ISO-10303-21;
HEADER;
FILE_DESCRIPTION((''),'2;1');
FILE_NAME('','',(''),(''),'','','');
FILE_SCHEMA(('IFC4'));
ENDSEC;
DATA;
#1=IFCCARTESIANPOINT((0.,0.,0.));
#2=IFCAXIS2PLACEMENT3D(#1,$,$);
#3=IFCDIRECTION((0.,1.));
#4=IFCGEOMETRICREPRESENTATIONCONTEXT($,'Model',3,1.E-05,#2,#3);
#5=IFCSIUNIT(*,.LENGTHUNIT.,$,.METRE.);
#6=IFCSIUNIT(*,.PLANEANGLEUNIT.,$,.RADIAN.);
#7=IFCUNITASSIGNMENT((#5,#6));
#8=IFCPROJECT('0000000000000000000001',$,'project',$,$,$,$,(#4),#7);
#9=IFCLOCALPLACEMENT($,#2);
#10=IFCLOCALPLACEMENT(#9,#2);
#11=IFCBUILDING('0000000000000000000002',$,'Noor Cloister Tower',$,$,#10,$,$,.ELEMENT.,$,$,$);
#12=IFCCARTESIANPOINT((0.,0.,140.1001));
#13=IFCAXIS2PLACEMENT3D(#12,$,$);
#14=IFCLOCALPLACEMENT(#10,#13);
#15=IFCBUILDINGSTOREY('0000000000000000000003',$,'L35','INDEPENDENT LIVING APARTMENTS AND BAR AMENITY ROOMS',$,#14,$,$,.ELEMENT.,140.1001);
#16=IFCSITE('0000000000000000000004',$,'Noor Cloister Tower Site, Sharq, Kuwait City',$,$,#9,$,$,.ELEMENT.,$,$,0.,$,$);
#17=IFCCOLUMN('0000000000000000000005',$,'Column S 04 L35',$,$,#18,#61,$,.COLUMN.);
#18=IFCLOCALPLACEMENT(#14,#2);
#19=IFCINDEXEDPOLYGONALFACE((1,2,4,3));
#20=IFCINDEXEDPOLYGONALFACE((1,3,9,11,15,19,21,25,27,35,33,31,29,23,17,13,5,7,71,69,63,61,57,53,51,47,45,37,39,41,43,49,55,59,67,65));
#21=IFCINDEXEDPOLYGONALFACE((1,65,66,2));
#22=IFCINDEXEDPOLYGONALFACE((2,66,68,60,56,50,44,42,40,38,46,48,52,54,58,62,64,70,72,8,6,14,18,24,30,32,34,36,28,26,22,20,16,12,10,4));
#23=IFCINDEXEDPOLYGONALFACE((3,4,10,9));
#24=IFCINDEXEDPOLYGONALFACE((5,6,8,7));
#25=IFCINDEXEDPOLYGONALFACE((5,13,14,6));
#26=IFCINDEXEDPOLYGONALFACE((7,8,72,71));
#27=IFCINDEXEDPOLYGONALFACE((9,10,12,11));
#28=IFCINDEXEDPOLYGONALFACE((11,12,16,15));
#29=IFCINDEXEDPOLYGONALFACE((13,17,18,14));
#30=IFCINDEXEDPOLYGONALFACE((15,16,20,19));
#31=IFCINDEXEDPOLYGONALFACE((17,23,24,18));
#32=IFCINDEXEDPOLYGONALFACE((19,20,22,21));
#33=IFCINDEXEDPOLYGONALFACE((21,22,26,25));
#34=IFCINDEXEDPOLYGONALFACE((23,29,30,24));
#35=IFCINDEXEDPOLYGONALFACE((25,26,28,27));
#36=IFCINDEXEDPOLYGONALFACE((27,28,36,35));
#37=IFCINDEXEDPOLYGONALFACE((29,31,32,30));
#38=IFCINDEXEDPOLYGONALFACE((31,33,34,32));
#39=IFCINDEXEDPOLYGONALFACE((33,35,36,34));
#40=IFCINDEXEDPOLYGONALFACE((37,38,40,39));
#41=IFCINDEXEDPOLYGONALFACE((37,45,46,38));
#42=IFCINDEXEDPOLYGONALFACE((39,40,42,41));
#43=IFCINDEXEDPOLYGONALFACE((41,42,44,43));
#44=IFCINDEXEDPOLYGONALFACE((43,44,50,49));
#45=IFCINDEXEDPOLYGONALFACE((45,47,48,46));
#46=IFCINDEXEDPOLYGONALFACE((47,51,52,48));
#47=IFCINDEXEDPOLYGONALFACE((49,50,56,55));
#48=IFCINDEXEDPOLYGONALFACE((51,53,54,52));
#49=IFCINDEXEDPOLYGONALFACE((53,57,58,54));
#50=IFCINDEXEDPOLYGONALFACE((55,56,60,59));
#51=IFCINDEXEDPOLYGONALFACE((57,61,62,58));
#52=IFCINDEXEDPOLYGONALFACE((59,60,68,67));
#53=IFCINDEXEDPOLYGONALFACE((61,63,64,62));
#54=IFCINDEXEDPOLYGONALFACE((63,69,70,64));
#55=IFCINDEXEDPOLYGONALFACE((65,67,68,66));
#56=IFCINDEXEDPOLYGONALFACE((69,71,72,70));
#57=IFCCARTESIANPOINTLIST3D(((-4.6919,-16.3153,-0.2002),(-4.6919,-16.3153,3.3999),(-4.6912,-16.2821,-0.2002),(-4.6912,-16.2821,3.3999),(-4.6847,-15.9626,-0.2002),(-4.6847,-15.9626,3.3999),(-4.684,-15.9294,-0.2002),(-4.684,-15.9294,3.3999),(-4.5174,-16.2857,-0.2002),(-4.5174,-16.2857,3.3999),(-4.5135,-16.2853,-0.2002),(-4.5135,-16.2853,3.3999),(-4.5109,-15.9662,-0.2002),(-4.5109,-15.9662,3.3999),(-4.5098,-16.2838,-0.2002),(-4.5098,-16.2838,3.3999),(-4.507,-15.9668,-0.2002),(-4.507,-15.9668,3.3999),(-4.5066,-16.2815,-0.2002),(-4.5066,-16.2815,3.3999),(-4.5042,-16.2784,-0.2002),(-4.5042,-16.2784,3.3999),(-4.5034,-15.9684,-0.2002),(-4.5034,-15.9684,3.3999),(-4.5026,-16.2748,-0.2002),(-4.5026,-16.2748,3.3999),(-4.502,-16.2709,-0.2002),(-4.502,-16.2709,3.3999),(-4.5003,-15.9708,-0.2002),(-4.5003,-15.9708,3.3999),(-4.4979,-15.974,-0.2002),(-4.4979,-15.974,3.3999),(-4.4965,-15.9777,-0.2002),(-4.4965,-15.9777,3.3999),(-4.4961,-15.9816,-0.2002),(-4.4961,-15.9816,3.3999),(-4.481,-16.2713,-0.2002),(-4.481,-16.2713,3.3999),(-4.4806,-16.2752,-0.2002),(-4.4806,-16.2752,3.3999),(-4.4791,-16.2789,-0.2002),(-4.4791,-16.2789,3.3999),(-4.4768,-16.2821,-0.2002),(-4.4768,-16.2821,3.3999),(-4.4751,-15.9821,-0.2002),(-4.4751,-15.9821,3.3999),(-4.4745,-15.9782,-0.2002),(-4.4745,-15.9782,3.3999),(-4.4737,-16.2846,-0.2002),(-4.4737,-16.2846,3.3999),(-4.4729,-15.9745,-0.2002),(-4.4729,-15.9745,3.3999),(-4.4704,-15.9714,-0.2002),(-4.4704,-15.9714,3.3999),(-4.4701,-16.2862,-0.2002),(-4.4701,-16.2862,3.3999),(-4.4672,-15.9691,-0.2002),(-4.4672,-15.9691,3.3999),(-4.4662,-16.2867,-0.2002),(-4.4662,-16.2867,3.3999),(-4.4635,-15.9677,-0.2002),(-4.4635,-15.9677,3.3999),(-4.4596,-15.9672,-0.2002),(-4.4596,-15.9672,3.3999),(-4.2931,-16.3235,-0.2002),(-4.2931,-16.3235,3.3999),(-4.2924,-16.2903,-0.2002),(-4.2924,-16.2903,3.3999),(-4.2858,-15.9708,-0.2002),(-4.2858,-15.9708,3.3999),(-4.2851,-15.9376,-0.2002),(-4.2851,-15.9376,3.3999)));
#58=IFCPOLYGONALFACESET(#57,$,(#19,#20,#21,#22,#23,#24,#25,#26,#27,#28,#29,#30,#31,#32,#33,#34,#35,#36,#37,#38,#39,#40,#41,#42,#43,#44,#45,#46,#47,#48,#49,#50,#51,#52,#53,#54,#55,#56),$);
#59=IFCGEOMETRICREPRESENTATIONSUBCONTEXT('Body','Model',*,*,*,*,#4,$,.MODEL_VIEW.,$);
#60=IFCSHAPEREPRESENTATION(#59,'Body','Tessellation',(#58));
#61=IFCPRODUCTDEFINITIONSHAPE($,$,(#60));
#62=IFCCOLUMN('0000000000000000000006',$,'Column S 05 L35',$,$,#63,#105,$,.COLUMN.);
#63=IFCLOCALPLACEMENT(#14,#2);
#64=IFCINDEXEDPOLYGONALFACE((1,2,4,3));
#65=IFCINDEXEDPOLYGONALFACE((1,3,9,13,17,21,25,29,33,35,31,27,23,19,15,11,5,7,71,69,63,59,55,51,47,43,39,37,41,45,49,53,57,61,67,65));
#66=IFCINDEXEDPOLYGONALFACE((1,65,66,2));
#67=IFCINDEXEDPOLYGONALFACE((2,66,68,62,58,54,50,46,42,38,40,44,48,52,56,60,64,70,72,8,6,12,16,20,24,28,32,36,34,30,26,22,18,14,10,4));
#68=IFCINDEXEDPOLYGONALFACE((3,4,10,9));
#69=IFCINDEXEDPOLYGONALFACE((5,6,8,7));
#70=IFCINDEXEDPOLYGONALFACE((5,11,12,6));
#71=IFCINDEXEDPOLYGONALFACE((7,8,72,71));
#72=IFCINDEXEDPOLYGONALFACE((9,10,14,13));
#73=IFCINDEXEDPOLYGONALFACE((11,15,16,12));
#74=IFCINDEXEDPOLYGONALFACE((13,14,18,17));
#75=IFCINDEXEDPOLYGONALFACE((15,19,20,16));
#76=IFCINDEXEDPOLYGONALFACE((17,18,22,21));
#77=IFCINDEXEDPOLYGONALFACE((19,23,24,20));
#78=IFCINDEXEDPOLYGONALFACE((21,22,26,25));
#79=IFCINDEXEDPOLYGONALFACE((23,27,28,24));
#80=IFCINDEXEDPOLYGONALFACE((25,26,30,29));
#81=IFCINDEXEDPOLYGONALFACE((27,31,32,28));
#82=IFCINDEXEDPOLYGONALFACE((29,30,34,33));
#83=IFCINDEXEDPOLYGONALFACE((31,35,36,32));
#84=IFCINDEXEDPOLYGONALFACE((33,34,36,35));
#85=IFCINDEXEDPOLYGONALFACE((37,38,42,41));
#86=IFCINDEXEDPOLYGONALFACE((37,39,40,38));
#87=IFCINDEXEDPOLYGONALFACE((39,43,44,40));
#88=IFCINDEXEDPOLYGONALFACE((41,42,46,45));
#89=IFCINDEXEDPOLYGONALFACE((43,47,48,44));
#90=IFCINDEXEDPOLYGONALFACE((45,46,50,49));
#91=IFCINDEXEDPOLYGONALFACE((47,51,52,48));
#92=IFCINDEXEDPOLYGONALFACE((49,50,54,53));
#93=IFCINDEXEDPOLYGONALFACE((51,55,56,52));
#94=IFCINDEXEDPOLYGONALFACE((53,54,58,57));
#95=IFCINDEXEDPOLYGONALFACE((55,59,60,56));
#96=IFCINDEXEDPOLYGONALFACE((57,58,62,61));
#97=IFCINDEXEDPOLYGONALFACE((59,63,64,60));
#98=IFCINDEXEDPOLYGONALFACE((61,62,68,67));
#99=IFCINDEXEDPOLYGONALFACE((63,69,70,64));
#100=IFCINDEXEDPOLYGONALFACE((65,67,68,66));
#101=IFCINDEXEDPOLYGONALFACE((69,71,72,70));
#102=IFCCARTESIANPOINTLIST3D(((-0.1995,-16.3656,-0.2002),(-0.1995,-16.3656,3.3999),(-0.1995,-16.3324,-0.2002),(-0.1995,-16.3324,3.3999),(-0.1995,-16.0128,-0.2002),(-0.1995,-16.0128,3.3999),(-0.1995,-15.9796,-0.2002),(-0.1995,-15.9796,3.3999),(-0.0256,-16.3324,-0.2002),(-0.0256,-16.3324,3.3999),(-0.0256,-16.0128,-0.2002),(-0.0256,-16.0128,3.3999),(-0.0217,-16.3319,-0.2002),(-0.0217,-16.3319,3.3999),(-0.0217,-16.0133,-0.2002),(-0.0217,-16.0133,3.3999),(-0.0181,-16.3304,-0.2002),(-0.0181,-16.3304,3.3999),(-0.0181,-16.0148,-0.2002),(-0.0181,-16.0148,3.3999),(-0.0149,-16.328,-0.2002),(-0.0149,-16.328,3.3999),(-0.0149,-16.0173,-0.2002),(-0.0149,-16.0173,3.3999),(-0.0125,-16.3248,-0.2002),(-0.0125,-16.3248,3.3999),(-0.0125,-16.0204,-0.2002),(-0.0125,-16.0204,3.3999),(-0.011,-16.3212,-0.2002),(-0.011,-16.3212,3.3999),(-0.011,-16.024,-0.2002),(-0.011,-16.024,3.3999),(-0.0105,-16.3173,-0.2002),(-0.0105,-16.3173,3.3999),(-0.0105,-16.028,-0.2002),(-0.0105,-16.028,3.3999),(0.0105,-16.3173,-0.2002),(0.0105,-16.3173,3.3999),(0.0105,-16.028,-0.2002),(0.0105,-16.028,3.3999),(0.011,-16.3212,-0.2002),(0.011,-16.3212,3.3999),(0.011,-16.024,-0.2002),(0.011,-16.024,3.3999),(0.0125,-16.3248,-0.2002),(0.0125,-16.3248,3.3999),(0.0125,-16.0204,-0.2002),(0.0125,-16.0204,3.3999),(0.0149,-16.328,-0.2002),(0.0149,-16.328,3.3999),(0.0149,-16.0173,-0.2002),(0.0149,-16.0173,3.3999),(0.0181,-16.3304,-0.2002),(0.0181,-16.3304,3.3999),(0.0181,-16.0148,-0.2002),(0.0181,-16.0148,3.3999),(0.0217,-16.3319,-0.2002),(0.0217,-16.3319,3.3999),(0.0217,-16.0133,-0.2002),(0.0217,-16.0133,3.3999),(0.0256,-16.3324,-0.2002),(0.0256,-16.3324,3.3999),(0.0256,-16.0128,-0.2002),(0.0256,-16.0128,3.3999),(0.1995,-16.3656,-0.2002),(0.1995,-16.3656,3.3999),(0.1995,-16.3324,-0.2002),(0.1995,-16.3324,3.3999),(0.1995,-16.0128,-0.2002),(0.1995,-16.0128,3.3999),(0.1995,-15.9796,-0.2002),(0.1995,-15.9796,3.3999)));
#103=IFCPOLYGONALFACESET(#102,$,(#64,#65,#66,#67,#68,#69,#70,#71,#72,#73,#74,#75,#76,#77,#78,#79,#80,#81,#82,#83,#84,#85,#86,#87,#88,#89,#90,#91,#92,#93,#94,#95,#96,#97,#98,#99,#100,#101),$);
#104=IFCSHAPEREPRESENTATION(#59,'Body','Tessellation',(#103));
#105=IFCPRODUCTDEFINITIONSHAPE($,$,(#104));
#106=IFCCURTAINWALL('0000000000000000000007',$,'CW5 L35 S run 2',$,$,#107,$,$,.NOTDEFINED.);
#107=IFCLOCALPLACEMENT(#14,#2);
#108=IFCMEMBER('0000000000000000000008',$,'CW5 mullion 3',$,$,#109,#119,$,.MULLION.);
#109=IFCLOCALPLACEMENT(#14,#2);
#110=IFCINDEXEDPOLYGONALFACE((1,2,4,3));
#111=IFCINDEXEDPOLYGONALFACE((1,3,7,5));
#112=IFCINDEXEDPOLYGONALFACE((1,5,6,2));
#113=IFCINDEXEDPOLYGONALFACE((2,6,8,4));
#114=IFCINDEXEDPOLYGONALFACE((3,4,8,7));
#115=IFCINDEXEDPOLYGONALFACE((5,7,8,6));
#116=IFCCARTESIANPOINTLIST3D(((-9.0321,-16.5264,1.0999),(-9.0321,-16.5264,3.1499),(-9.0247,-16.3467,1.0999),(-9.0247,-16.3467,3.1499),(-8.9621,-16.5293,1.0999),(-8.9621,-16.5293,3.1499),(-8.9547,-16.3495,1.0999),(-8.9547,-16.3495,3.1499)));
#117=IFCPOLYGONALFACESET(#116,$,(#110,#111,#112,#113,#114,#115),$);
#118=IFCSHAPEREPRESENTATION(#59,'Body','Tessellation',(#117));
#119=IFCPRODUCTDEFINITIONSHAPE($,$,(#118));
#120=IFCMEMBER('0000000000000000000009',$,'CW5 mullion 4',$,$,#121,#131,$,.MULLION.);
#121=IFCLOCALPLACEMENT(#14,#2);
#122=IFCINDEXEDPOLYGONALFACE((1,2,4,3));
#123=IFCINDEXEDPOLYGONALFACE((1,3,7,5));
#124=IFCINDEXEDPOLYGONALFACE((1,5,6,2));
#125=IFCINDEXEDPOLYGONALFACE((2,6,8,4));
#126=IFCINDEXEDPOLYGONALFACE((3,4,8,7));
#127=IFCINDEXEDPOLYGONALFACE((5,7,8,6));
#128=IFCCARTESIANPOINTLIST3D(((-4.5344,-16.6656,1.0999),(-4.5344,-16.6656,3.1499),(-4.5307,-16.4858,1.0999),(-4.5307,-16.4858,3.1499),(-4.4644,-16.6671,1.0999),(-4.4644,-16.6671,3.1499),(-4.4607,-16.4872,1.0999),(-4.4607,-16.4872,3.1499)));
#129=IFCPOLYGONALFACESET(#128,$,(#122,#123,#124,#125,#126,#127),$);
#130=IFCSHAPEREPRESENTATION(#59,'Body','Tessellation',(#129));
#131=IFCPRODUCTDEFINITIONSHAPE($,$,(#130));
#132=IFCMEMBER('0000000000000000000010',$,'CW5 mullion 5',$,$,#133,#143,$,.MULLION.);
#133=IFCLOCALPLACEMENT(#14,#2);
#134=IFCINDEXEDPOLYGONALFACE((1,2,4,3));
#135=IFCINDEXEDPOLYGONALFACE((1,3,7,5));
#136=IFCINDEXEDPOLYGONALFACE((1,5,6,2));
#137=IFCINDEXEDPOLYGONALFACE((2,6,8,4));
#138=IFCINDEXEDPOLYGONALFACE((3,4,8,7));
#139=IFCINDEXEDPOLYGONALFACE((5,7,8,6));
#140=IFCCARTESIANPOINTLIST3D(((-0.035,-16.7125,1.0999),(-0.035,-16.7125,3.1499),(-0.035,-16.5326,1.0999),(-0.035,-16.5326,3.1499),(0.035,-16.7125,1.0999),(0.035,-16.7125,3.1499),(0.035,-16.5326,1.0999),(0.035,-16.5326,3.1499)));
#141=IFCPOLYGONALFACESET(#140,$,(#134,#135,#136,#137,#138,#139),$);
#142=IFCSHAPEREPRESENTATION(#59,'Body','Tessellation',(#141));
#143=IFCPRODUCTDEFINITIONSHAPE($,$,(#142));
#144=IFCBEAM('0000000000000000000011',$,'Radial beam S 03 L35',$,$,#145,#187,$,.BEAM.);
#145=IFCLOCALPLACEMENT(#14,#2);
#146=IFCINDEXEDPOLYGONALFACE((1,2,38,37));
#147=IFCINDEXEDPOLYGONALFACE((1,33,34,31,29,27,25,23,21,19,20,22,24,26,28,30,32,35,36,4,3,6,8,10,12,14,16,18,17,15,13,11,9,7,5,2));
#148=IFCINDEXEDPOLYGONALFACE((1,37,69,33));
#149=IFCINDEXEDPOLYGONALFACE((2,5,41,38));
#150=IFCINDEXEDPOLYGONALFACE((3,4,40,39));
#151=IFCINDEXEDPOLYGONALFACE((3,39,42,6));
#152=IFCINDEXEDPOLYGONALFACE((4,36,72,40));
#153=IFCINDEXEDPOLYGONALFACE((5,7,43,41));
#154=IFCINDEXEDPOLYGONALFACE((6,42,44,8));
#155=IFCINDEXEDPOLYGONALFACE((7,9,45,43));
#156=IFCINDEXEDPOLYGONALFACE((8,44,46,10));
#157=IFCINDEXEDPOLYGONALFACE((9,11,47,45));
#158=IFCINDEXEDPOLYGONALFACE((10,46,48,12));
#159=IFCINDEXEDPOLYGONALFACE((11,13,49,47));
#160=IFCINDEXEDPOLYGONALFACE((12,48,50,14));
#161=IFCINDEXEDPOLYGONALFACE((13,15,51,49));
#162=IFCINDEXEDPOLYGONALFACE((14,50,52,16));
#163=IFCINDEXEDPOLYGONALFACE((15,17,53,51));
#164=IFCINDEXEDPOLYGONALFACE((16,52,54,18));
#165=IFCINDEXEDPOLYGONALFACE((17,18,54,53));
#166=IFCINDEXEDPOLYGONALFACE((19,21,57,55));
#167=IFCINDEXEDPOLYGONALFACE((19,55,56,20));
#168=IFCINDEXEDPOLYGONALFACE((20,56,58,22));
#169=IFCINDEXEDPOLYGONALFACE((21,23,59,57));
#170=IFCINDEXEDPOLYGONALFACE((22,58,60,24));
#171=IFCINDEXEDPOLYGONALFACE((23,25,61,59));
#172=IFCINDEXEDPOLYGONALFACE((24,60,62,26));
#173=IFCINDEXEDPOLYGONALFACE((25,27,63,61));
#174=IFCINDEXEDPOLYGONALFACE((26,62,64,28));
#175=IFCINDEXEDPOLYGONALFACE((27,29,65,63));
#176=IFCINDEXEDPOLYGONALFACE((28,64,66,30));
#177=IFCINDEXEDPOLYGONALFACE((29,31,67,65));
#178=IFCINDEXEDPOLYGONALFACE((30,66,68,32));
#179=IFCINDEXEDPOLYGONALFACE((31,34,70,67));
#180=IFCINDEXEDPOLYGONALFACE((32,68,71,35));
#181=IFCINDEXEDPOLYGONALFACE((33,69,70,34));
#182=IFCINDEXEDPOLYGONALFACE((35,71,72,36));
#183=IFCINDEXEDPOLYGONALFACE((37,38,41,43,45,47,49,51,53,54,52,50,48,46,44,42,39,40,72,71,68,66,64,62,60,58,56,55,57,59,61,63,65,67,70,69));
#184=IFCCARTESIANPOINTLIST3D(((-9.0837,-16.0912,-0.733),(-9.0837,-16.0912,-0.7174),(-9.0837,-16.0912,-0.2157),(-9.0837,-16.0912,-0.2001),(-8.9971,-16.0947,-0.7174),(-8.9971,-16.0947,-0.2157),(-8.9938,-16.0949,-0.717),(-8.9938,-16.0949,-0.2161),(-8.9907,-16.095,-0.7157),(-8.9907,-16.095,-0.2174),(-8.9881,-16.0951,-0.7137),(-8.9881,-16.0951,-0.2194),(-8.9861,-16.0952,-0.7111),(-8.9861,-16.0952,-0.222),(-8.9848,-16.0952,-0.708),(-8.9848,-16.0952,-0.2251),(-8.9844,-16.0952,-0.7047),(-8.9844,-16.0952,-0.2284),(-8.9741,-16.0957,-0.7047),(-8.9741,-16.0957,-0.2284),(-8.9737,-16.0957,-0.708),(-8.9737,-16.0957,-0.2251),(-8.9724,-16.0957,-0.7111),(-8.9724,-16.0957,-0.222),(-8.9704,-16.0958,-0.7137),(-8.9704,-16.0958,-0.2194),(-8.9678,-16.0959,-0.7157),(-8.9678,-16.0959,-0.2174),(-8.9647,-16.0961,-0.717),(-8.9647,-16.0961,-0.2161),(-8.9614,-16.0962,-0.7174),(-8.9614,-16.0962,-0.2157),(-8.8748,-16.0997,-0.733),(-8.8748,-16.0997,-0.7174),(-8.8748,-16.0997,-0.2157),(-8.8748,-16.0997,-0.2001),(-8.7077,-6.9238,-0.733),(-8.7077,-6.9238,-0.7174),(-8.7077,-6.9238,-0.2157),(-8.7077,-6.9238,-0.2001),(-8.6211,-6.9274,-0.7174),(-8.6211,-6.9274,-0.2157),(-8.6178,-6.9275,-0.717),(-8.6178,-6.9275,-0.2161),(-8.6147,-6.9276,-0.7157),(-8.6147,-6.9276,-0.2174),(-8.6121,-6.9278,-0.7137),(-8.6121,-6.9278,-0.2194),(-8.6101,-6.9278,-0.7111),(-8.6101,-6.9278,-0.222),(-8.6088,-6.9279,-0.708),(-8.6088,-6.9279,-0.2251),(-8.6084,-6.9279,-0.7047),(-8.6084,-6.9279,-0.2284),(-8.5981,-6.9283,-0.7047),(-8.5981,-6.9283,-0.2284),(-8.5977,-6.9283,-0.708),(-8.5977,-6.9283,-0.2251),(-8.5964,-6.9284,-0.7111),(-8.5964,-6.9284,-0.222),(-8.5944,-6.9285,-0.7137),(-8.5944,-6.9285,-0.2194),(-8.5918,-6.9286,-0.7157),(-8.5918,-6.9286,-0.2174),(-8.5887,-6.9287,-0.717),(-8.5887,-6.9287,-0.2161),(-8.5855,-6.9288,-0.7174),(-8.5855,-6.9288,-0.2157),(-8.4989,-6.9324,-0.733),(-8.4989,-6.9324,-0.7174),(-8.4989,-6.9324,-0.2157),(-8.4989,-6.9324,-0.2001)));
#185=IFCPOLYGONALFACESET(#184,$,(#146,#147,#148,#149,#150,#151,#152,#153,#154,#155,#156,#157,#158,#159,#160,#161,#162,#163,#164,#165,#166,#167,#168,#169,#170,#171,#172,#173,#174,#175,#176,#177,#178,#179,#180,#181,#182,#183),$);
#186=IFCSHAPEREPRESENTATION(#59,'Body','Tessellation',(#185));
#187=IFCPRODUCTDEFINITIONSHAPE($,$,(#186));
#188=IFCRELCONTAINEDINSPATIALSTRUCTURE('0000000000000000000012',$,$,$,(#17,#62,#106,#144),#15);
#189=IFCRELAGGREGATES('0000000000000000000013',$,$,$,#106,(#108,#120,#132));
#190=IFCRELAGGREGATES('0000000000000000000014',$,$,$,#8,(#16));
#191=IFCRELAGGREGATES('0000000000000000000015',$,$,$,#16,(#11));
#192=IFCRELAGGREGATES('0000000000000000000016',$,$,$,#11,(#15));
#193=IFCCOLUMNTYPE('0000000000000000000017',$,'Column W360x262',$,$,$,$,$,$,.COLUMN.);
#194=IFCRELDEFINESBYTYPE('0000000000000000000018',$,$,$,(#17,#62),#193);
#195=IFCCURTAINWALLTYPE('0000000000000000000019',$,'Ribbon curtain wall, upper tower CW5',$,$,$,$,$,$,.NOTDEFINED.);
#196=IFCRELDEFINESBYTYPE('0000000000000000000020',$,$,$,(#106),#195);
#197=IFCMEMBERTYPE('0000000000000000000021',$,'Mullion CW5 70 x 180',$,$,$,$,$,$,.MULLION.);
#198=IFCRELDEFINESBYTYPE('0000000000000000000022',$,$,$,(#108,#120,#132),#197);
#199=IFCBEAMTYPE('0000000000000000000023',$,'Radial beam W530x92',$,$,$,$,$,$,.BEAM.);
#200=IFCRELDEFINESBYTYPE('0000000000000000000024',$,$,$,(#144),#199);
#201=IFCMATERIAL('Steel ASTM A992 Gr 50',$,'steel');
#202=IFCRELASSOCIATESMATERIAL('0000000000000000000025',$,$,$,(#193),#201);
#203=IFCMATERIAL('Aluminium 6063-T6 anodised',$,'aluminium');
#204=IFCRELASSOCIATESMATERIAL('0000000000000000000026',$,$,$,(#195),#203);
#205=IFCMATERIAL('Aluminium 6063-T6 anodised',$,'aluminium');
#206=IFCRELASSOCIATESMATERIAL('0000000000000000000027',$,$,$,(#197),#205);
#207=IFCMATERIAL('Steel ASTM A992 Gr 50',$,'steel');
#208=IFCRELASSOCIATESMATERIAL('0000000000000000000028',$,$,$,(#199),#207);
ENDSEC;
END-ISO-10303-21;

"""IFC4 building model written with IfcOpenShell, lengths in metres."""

from ifc_helpers import new_model, si_unit, direction, frame, origin, origin_2d, place, context, subcontext, project, spatial, rectangle, i_section, extrude, material, material_profile, profile_set, type_object, element, aggregate, save


model = new_model("IFC4")

# Units and contexts
model_context = context("Model", 3, precision=1e-05, world=origin(), true_north=direction((0.0, 1.0)))
body_context = subcontext(model_context, "Body", "Model", "MODEL_VIEW")
ifc_project = project(units=[si_unit("LENGTHUNIT", "METRE"), si_unit("PLANEANGLEUNIT", "RADIAN")], contexts=[model_context])

# Site, building, storey
site_placement = place(None, origin())
site = spatial("IfcSite", under=ifc_project, at=site_placement, Name="Noor Cloister Tower Site, Sharq, Kuwait City", CompositionType="ELEMENT", RefElevation=0.0)
building_placement = place(site_placement, origin())
building = spatial("IfcBuilding", under=site, at=building_placement, Name="Noor Cloister Tower", CompositionType="ELEMENT")
storey_placement = place(building_placement, frame((0.0, 0.0, 140.1001)))
storey = spatial("IfcBuildingStorey", under=building, at=storey_placement, Name="L35", Description="INDEPENDENT LIVING APARTMENTS AND BAR AMENITY ROOMS", CompositionType="ELEMENT", Elevation=140.1001)

# Columns
ifc_material_1 = material(Name="Steel ASTM A992 Gr 50", Category="steel")
ifc_material_profile_1 = material_profile(ifc_material_1, i_section(OverallWidth=0.3989, OverallDepth=0.386, WebThickness=0.021, FlangeThickness=0.0332, FilletRadius=0.0151, at=origin_2d()), Name="W360x262")
ifc_profile_set_1 = profile_set([ifc_material_profile_1], Name="Steel ASTM A992 Gr 50")
column_type = type_object("IfcColumnType", Name="Column W360x262", PredefinedType="COLUMN", material=ifc_profile_set_1)
for number, where, z_axis, x_axis, name in (
    (1, (-4.4885, -16.1265, -0.2002), (0.0, 0.0, 1.0), (0.99979, -0.020502, 0.0), "Column S 04 L35"),
    (2, (0.0, -16.1726, -0.2002), (0.0, 0.0, 1.0), (1.0, 0.0, 0.0), "Column S 05 L35"),
):
    element("IfcColumn", number, at=place(storey_placement, frame(where, z_axis=z_axis, x_axis=x_axis)), inside=storey, type_object=column_type, Name=name, PredefinedType="COLUMN", context=body_context, shape_type="SweptSolid", body=[
        extrude(i_section(OverallWidth=0.3989, OverallDepth=0.386, WebThickness=0.021, FlangeThickness=0.0332, FilletRadius=0.0151, at=origin_2d()), origin(), (0.0, 0.0, 1.0), 3.6001),
    ])

# Curtain wall, members
ifc_material_2 = material(Name="Aluminium 6063-T6 anodised", Category="aluminium")
curtain_wall_type = type_object("IfcCurtainWallType", Name="Ribbon curtain wall, upper tower CW5", PredefinedType="NOTDEFINED", material=ifc_material_2)
curtain_wall_placement = place(storey_placement, origin())
curtain_wall = element("IfcCurtainWall", 3, at=curtain_wall_placement, inside=storey, type_object=curtain_wall_type, Name="CW5 L35 S run 2", PredefinedType="NOTDEFINED")
ifc_material_3 = material(Name="Aluminium 6063-T6 anodised", Category="aluminium")
ifc_material_profile_2 = material_profile(ifc_material_3, rectangle(XDim=0.1799, YDim=0.0701, at=origin_2d()), Name="180 x 70 mullion")
ifc_profile_set_2 = profile_set([ifc_material_profile_2], Name="Aluminium 6063-T6 anodised")
member_type = type_object("IfcMemberType", Name="Mullion CW5 70 x 180", PredefinedType="MULLION", material=ifc_profile_set_2)
member_1_placement = place(storey_placement, frame((-8.9934, -16.438, 1.0999), z_axis=(0.0, 0.0, 1.0), x_axis=(0.040995, 0.999159, 0.0)))
member_1 = element("IfcMember", 4, at=member_1_placement, type_object=member_type, Name="CW5 mullion 3", PredefinedType="MULLION", context=body_context, shape_type="SweptSolid", body=[
    extrude(rectangle(XDim=0.1799, YDim=0.0701, at=origin_2d()), origin(), (0.0, 0.0, 1.0), 2.05),
])
member_2_placement = place(storey_placement, frame((-4.4976, -16.5764, 1.0999), z_axis=(0.0, 0.0, 1.0), x_axis=(0.020502, 0.99979, 0.0)))
member_2 = element("IfcMember", 5, at=member_2_placement, type_object=member_type, Name="CW5 mullion 4", PredefinedType="MULLION", context=body_context, shape_type="SweptSolid", body=[
    extrude(rectangle(XDim=0.1799, YDim=0.0701, at=origin_2d()), origin(), (0.0, 0.0, 1.0), 2.05),
])
member_3_placement = place(storey_placement, frame((0.0, -16.6226, 1.0999), z_axis=(0.0, 0.0, 1.0), x_axis=(0.0, 1.0, 0.0)))
member_3 = element("IfcMember", 6, at=member_3_placement, type_object=member_type, Name="CW5 mullion 5", PredefinedType="MULLION", context=body_context, shape_type="SweptSolid", body=[
    extrude(rectangle(XDim=0.1799, YDim=0.0701, at=origin_2d()), origin(), (0.0, 0.0, 1.0), 2.05),
])

# Beam
ifc_material_4 = material(Name="Steel ASTM A992 Gr 50", Category="steel")
ifc_material_profile_3 = material_profile(ifc_material_4, i_section(OverallWidth=0.209, OverallDepth=0.533, WebThickness=0.0103, FlangeThickness=0.0156, FilletRadius=0.0127, at=origin_2d()), Name="W530x92")
ifc_profile_set_3 = profile_set([ifc_material_profile_3], Name="Steel ASTM A992 Gr 50")
beam_type_1 = type_object("IfcBeamType", Name="Radial beam W530x92", PredefinedType="BEAM", material=ifc_profile_set_3)
beam_1_placement = place(storey_placement, frame((-8.9792, -16.0955, -0.4666), z_axis=(0.040979, 0.99916, 0.0), x_axis=(-0.99916, 0.040979, 0.0)))
element("IfcBeam", 7, at=beam_1_placement, inside=storey, type_object=beam_type_1, Name="Radial beam S 03 L35", PredefinedType="BEAM", context=body_context, shape_type="SweptSolid", body=[
    extrude(i_section(OverallWidth=0.209, OverallDepth=0.533, WebThickness=0.0103, FlangeThickness=0.0156, FilletRadius=0.0127, at=origin_2d()), origin(), (0.0, 0.0, 1.0), 9.175),
])

aggregate(curtain_wall, [member_1, member_2, member_3])

save(model, "model.ifc")
